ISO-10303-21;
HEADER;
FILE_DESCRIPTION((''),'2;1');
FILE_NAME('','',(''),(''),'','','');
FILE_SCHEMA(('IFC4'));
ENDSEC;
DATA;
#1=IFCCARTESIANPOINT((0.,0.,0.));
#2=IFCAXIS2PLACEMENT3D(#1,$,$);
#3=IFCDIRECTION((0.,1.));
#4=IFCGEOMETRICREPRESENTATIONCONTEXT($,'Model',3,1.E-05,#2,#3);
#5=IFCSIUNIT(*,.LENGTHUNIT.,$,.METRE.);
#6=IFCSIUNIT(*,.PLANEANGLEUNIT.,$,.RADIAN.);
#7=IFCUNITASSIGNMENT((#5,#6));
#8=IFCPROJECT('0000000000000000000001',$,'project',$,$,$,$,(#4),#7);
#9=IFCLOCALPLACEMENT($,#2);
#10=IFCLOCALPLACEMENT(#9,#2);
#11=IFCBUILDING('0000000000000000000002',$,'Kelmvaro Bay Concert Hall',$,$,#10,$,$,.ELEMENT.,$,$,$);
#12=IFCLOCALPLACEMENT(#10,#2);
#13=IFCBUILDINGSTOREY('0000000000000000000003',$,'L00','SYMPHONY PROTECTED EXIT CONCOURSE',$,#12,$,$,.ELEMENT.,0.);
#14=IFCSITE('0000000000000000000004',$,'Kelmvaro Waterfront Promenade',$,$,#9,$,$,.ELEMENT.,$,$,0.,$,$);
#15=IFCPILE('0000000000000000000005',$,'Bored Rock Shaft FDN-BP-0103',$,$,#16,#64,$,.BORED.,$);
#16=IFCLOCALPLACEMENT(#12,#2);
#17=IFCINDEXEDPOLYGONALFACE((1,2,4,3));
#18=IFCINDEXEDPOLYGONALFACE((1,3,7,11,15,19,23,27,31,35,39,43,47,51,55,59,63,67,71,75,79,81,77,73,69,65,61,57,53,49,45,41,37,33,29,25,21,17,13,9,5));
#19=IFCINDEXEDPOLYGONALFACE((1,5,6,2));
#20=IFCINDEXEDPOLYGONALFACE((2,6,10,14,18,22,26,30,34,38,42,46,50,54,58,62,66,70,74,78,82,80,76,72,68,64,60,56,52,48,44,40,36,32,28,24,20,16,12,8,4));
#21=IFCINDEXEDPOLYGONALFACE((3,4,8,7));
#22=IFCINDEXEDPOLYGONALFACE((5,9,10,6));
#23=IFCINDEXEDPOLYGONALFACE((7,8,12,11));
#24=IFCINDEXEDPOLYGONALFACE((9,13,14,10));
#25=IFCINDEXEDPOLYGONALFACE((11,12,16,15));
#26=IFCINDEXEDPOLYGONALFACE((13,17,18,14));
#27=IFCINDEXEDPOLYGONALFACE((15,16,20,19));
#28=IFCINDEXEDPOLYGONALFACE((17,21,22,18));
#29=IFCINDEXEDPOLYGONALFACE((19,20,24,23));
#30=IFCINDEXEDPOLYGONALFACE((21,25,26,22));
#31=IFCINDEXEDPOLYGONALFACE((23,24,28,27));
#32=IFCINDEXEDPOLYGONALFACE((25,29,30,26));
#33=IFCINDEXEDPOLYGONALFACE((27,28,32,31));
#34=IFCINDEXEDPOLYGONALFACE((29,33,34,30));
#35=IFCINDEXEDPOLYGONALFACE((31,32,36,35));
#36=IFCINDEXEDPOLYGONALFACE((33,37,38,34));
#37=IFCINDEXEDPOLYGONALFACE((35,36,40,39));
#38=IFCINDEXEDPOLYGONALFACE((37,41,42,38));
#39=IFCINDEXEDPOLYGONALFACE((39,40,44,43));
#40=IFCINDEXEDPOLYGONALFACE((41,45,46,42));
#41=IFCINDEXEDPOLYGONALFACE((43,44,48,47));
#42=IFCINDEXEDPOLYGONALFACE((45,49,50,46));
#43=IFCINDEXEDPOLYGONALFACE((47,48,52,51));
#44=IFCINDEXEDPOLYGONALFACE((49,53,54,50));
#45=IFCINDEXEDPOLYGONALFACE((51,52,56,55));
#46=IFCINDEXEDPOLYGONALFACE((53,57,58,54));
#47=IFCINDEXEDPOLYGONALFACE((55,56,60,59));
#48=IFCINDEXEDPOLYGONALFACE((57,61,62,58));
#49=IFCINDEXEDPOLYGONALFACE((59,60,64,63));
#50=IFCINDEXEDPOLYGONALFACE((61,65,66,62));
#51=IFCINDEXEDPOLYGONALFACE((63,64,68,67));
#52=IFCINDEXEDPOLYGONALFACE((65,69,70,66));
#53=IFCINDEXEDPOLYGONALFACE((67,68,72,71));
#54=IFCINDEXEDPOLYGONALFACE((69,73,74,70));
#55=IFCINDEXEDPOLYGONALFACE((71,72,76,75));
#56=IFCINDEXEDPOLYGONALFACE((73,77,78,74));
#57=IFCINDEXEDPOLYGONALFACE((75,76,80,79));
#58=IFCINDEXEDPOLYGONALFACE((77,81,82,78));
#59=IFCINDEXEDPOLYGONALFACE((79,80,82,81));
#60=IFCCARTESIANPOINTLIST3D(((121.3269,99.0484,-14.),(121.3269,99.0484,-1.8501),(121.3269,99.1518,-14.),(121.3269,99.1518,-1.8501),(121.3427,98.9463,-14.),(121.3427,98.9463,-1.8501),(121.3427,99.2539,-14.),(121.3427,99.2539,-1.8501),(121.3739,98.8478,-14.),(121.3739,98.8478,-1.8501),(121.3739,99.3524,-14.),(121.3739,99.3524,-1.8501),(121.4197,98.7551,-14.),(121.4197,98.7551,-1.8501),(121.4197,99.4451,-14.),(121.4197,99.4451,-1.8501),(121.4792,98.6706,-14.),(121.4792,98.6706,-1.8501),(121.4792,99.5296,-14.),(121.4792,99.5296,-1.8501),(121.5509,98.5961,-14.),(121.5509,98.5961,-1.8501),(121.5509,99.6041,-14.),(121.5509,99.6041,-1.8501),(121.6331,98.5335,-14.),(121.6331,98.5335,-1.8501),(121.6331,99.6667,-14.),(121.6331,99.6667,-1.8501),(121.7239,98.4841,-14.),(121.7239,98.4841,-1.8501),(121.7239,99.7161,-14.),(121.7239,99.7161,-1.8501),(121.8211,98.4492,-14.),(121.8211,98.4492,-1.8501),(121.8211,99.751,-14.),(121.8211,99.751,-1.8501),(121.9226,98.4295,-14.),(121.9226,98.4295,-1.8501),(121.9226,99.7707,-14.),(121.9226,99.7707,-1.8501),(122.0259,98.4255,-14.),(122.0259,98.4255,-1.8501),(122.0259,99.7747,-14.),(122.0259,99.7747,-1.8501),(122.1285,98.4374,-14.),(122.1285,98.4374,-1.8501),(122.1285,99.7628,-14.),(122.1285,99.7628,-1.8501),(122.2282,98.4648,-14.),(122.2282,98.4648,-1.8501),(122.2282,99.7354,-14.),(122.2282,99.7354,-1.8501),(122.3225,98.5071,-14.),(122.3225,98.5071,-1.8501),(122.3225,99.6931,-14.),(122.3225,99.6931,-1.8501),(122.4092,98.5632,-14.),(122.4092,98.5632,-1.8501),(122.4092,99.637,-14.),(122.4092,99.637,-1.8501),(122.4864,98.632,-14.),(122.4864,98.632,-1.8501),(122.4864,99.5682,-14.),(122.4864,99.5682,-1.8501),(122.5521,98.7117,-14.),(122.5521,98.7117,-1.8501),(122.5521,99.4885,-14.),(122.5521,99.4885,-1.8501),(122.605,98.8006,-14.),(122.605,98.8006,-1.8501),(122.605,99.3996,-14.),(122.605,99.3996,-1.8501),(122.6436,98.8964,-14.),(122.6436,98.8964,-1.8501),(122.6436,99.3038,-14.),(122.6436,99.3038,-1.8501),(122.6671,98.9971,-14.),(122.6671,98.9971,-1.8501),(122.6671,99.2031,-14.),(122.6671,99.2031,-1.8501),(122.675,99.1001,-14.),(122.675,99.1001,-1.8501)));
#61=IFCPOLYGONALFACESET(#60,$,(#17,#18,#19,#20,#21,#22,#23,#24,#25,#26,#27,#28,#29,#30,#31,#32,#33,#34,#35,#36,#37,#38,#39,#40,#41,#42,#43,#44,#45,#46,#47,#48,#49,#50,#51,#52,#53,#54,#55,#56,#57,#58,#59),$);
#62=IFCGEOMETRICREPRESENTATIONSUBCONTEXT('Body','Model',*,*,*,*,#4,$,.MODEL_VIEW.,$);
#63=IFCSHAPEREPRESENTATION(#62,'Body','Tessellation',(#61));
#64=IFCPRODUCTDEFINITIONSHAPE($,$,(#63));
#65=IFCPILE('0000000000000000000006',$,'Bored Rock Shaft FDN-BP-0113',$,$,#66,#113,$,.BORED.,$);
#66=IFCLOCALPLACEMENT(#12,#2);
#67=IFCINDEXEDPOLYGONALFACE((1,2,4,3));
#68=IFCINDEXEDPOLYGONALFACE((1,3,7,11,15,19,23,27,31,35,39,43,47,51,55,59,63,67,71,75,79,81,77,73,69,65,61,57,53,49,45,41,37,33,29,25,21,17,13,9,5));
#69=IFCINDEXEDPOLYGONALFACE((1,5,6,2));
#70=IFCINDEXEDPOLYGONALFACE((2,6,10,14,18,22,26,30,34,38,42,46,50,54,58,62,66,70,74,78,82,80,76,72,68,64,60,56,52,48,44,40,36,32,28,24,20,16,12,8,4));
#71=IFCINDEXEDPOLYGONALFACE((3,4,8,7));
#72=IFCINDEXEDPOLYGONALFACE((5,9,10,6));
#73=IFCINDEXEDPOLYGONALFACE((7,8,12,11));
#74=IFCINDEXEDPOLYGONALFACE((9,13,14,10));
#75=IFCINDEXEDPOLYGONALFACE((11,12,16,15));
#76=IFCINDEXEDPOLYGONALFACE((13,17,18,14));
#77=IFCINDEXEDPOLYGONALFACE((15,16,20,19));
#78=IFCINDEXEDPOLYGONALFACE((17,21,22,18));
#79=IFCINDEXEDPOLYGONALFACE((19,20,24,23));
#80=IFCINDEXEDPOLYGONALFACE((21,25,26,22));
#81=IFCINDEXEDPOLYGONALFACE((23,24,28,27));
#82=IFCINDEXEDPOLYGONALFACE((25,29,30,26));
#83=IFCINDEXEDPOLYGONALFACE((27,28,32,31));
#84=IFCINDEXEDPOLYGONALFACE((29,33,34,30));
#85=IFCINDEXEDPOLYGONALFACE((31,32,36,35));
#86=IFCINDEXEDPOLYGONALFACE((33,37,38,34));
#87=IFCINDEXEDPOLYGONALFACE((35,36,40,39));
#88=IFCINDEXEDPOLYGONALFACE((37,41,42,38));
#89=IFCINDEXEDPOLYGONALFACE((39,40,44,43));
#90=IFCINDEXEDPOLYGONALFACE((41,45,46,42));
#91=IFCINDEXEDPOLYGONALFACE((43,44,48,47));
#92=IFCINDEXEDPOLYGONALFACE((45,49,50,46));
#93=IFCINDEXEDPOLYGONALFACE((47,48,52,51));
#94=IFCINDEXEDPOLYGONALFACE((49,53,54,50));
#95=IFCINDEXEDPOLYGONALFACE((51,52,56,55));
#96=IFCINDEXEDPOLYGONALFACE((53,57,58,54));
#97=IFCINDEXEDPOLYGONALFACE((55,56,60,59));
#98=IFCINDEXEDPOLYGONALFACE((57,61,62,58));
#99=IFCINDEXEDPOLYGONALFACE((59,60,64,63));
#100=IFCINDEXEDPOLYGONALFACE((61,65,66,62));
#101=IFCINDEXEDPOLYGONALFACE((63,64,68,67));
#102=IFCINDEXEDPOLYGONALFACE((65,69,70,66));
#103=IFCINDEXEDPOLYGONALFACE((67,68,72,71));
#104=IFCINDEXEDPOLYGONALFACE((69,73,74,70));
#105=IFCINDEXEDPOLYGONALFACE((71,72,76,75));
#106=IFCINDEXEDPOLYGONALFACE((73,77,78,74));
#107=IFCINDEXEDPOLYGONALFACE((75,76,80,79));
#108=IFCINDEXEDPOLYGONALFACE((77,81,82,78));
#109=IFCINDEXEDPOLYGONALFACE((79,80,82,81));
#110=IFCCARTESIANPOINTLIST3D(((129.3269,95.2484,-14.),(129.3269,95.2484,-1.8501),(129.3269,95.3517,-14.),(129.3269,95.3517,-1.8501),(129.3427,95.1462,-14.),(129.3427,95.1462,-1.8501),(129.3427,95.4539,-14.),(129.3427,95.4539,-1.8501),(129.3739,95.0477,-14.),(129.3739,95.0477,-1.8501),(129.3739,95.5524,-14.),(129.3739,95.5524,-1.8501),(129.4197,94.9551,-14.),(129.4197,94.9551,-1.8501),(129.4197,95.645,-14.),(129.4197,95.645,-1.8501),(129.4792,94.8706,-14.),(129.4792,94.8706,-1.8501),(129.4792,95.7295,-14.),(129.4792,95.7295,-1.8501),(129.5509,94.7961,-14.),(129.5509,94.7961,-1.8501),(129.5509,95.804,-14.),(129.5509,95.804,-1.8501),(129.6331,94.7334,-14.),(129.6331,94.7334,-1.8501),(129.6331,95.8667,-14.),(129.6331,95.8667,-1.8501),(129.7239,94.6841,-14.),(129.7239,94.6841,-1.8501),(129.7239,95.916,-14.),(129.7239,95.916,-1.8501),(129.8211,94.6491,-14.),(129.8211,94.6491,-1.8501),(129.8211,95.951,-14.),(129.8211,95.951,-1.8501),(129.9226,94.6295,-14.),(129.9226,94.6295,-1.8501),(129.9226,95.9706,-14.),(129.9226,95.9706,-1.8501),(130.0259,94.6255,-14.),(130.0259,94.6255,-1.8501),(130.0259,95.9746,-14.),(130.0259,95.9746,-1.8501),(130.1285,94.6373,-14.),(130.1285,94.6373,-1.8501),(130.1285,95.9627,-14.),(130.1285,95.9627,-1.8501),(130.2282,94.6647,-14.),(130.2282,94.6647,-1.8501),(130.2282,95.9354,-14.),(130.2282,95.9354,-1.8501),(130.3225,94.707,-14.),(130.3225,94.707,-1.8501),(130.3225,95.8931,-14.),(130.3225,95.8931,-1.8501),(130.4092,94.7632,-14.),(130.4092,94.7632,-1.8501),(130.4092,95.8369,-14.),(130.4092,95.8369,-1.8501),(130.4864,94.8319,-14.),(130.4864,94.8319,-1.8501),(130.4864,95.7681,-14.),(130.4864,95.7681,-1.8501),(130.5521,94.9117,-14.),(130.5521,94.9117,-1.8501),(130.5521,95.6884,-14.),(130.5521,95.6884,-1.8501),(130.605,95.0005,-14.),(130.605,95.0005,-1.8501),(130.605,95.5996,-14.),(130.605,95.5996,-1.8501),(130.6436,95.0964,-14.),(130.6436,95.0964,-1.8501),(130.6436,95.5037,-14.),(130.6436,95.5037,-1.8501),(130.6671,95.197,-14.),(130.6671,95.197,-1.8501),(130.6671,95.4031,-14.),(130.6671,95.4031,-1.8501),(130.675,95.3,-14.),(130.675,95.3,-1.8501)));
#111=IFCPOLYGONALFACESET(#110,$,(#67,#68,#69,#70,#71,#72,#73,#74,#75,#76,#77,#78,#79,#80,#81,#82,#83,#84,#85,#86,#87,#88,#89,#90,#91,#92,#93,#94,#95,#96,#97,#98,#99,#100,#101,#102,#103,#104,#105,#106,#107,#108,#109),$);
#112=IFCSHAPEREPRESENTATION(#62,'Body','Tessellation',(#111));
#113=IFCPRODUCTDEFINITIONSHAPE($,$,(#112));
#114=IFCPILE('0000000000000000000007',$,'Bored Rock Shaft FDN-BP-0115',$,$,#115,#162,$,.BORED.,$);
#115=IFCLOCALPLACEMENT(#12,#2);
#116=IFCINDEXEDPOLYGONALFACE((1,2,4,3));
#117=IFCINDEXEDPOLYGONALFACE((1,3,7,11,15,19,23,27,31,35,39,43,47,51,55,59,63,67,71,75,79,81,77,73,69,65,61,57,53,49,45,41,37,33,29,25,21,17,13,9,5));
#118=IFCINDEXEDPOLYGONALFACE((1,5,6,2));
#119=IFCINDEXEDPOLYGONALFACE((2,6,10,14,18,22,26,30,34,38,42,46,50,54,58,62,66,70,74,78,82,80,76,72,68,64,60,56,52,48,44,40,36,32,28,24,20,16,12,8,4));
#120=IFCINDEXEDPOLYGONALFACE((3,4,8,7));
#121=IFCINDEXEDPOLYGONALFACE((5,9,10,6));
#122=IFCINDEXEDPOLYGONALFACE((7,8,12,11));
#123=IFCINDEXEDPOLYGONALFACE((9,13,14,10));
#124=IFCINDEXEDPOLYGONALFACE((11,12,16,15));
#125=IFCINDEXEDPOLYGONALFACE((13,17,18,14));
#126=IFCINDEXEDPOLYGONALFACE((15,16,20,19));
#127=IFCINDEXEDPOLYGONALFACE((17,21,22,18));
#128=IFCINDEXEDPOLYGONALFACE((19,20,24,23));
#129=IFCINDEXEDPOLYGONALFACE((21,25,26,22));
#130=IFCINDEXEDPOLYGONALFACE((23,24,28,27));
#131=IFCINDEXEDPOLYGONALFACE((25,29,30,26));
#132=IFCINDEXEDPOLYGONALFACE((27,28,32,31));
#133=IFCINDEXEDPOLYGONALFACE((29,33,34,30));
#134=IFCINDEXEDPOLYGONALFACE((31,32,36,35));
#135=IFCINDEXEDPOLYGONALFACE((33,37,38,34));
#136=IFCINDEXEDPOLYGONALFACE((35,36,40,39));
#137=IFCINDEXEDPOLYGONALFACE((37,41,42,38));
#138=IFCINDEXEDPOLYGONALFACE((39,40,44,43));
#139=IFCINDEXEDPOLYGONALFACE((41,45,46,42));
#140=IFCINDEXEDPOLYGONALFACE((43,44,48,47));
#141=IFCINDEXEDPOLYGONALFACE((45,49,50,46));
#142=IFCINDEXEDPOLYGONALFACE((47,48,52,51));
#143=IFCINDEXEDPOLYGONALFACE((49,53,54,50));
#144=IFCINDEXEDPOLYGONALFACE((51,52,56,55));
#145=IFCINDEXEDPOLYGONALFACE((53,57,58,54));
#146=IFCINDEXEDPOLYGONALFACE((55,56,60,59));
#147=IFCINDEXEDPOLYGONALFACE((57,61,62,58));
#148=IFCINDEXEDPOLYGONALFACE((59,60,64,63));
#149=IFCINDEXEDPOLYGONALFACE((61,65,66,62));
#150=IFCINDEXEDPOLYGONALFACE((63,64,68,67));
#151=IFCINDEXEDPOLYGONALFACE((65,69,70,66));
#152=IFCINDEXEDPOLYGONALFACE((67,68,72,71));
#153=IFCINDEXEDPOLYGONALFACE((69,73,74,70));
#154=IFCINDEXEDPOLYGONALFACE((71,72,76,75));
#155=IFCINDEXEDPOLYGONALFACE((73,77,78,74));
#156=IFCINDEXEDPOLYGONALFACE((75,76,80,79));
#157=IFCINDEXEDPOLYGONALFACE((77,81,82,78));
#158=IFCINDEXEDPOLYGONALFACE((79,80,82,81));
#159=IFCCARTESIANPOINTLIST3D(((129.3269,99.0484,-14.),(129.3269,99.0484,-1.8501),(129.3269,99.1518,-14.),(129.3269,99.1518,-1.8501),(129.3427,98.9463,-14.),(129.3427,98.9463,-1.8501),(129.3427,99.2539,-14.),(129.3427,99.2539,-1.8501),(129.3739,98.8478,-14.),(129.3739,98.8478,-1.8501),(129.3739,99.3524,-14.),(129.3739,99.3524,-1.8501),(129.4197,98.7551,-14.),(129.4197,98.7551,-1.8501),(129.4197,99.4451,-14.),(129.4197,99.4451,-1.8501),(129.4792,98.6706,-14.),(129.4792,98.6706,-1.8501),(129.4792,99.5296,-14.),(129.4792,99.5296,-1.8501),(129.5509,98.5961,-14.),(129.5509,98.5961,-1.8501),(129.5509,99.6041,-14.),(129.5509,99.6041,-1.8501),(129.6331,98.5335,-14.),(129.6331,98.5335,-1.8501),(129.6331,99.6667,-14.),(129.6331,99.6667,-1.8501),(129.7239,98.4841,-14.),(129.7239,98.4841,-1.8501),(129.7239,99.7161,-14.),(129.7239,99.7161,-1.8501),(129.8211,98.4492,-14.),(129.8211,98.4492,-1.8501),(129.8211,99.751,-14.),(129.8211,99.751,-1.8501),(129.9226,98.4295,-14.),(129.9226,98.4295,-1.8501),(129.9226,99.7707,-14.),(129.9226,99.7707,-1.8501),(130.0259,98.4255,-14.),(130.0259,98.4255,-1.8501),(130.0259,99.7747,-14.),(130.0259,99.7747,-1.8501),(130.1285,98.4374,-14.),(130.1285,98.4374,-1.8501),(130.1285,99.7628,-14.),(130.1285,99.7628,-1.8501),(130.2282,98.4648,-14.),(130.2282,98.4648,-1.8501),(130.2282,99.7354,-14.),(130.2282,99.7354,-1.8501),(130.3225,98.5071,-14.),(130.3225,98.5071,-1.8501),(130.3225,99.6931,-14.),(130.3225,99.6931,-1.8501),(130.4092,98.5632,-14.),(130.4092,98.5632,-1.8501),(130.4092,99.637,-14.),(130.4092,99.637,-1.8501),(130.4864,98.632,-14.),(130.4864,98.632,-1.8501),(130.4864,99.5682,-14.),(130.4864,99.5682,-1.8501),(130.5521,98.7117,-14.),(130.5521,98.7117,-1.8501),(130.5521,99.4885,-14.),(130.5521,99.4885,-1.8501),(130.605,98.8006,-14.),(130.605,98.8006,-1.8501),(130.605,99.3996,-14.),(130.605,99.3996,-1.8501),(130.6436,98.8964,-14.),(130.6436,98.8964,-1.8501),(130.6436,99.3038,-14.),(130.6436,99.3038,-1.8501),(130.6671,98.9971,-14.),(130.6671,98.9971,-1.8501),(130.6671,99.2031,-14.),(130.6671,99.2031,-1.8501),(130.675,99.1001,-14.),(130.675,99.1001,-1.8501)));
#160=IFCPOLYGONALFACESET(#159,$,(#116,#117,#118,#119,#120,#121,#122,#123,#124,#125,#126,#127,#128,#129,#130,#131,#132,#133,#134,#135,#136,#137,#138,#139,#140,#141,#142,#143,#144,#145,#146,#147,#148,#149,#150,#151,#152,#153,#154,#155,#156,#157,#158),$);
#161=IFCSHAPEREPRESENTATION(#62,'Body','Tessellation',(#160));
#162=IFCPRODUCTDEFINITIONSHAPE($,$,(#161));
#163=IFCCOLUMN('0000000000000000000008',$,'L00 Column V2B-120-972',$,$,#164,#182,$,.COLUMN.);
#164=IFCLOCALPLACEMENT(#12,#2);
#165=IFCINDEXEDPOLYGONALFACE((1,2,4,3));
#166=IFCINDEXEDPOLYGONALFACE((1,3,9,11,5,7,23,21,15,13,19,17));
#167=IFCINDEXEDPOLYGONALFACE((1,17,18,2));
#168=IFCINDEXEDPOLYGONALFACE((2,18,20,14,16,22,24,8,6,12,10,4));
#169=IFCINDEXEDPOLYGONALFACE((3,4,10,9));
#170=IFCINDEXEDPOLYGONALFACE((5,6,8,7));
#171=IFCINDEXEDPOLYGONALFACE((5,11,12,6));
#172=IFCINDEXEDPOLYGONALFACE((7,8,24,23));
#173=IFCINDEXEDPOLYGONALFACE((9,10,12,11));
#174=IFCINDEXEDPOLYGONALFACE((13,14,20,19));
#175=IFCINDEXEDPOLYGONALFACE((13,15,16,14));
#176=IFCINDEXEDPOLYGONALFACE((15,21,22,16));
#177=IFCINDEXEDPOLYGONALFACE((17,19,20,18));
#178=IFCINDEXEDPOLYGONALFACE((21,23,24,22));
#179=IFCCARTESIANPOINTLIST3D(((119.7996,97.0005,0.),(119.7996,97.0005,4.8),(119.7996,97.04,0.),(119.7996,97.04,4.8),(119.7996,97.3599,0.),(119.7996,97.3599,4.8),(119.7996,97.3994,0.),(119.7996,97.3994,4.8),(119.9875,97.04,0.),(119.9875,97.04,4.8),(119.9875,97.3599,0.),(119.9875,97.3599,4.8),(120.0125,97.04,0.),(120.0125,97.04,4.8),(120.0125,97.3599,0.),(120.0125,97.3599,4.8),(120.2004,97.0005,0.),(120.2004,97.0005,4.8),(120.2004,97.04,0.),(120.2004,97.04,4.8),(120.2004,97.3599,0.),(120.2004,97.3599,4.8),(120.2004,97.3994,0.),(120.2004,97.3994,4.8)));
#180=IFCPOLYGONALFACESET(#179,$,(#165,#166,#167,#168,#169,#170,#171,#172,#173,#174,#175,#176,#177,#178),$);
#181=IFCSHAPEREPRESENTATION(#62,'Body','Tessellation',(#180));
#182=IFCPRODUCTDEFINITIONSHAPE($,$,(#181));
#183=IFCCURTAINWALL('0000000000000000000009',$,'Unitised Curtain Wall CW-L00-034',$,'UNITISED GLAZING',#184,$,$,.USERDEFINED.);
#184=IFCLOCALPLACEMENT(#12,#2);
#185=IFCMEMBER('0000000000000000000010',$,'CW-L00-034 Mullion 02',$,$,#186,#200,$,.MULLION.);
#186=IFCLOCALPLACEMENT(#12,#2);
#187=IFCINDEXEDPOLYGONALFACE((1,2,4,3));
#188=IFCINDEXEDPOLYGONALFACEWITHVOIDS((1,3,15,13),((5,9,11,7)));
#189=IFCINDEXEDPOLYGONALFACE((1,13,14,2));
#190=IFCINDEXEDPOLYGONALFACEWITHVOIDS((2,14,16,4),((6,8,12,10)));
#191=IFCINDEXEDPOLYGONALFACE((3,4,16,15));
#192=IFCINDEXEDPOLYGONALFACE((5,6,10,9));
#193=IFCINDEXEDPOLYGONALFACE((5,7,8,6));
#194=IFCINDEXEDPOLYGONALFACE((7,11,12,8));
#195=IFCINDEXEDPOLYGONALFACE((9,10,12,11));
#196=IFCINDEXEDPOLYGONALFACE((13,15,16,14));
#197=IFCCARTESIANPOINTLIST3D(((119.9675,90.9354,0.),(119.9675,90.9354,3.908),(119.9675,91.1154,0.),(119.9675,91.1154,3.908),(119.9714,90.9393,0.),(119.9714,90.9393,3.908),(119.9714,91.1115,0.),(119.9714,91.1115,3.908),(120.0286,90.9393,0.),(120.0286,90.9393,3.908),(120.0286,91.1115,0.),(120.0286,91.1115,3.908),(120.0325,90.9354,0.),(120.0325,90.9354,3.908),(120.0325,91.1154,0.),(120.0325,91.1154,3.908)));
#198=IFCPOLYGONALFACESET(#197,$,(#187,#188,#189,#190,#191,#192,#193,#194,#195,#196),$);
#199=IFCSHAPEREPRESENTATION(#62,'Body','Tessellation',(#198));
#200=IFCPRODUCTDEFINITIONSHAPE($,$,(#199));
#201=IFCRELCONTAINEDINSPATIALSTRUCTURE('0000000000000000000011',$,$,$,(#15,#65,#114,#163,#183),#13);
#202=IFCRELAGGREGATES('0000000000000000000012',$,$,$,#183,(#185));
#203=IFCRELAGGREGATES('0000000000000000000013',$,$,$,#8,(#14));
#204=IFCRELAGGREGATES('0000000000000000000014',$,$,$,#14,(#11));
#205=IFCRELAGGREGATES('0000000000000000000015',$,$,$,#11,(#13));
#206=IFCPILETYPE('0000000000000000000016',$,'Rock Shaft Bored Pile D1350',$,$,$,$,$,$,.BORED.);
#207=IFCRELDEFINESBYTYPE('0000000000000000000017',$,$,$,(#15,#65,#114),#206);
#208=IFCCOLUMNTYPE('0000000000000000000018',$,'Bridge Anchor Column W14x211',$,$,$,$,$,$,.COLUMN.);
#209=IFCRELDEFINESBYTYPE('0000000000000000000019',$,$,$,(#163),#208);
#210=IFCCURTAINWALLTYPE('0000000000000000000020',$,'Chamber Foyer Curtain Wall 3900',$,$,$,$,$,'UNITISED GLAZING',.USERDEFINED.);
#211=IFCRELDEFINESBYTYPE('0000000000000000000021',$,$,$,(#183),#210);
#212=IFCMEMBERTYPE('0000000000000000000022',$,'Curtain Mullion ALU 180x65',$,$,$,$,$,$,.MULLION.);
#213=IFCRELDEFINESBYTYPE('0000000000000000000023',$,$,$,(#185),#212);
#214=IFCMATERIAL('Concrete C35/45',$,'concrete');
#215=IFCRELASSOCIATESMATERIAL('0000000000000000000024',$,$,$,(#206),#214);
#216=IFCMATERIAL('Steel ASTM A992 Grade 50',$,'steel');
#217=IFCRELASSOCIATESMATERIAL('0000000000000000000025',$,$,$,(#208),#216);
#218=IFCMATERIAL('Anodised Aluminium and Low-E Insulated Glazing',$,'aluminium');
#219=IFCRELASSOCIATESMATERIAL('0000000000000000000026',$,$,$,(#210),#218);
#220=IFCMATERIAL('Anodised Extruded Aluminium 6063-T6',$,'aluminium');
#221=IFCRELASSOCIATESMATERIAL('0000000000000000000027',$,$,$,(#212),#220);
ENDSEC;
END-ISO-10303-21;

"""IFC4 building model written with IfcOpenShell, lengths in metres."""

from ifc_helpers import new_model, si_unit, direction, frame, origin, origin_2d, place, context, subcontext, project, spatial, hollow_rectangle, circle, i_section, extrude, material, material_profile, profile_set, type_object, element, aggregate, save


model = new_model("IFC4")

# Units and contexts
model_context = context("Model", 3, precision=1e-05, world=origin(), true_north=direction((0.0, 1.0)))
body_context = subcontext(model_context, "Body", "Model", "MODEL_VIEW")
ifc_project = project(units=[si_unit("LENGTHUNIT", "METRE"), si_unit("PLANEANGLEUNIT", "RADIAN")], contexts=[model_context])

# Site, building, storey
site_placement = place(None, origin())
site = spatial("IfcSite", under=ifc_project, at=site_placement, Name="Kelmvaro Waterfront Promenade", CompositionType="ELEMENT", RefElevation=0.0)
building_placement = place(site_placement, origin())
building = spatial("IfcBuilding", under=site, at=building_placement, Name="Kelmvaro Bay Concert Hall", CompositionType="ELEMENT")
storey_placement = place(building_placement, origin())
storey = spatial("IfcBuildingStorey", under=building, at=storey_placement, Name="L00", Description="SYMPHONY PROTECTED EXIT CONCOURSE", CompositionType="ELEMENT", Elevation=0.0)

# Piles
ifc_material_1 = material(Name="Concrete C35/45", Category="concrete")
ifc_material_profile_1 = material_profile(ifc_material_1, circle(Radius=0.675, at=origin_2d()), Name="PILE-BORED-1350")
ifc_profile_set_1 = profile_set([ifc_material_profile_1], Name="Concrete C35/45")
pile_type = type_object("IfcPileType", Name="Rock Shaft Bored Pile D1350", PredefinedType="BORED", material=ifc_profile_set_1)
for number, where, z_axis, x_axis, name in (
    (1, (122.0, 99.1001, -1.8501), (0.0, 0.0, -1.0), (1.0, 0.0, 0.0), "Bored Rock Shaft FDN-BP-0103"),
    (2, (130.0, 95.3, -1.8501), (0.0, 0.0, -1.0), (1.0, 0.0, 0.0), "Bored Rock Shaft FDN-BP-0113"),
    (3, (130.0, 99.1001, -1.8501), (0.0, 0.0, -1.0), (1.0, 0.0, 0.0), "Bored Rock Shaft FDN-BP-0115"),
):
    element("IfcPile", number, at=place(storey_placement, frame(where, z_axis=z_axis, x_axis=x_axis)), inside=storey, type_object=pile_type, Name=name, PredefinedType="BORED", context=body_context, shape_type="SweptSolid", body=[
        extrude(circle(Radius=0.675, at=origin_2d()), origin(), (0.0, 0.0, 1.0), 12.1499),
    ])

# Column
ifc_material_2 = material(Name="Steel ASTM A992 Grade 50", Category="steel")
ifc_material_profile_2 = material_profile(ifc_material_2, i_section(OverallWidth=0.4009, OverallDepth=0.3989, WebThickness=0.0249, FlangeThickness=0.0396, at=origin_2d()), Name="W14X211")
ifc_profile_set_2 = profile_set([ifc_material_profile_2], Name="Steel ASTM A992 Grade 50")
column_type = type_object("IfcColumnType", Name="Bridge Anchor Column W14x211", PredefinedType="COLUMN", material=ifc_profile_set_2)
column_placement = place(storey_placement, frame((120.0, 97.2, 0.0), z_axis=(0.0, 0.0, 1.0), x_axis=(1.0, 0.0, 0.0)))
element("IfcColumn", 4, at=column_placement, inside=storey, type_object=column_type, Name="L00 Column V2B-120-972", PredefinedType="COLUMN", context=body_context, shape_type="SweptSolid", body=[
    extrude(i_section(OverallWidth=0.4009, OverallDepth=0.3989, WebThickness=0.0249, FlangeThickness=0.0396, at=origin_2d()), origin(), (0.0, 0.0, 1.0), 4.8),
])

# Curtain wall, member
ifc_material_3 = material(Name="Anodised Aluminium and Low-E Insulated Glazing", Category="aluminium")
curtain_wall_type = type_object("IfcCurtainWallType", Name="Chamber Foyer Curtain Wall 3900", ElementType="UNITISED GLAZING", PredefinedType="USERDEFINED", material=ifc_material_3)
curtain_wall_placement = place(storey_placement, origin())
curtain_wall = element("IfcCurtainWall", 5, at=curtain_wall_placement, inside=storey, type_object=curtain_wall_type, Name="Unitised Curtain Wall CW-L00-034", ObjectType="UNITISED GLAZING", PredefinedType="USERDEFINED")
ifc_material_4 = material(Name="Anodised Extruded Aluminium 6063-T6", Category="aluminium")
ifc_material_profile_3 = material_profile(ifc_material_4, hollow_rectangle(XDim=0.0649, YDim=0.1799, WallThickness=0.0039, at=origin_2d()), Name="ALU-MUL-180X65")
ifc_profile_set_3 = profile_set([ifc_material_profile_3], Name="Anodised Extruded Aluminium 6063-T6")
member_type = type_object("IfcMemberType", Name="Curtain Mullion ALU 180x65", PredefinedType="MULLION", material=ifc_profile_set_3)
member_1_placement = place(storey_placement, frame((120.0, 91.0254, 0.0), z_axis=(0.0, 0.0, 1.0), x_axis=(1.0, 0.0, 0.0)))
member_1 = element("IfcMember", 6, at=member_1_placement, type_object=member_type, Name="CW-L00-034 Mullion 02", PredefinedType="MULLION", context=body_context, shape_type="SweptSolid", body=[
    extrude(hollow_rectangle(XDim=0.0649, YDim=0.1799, WallThickness=0.0039, at=origin_2d()), origin(), (0.0, 0.0, 1.0), 3.908),
])
aggregate(curtain_wall, [member_1])

save(model, "model.ifc")
